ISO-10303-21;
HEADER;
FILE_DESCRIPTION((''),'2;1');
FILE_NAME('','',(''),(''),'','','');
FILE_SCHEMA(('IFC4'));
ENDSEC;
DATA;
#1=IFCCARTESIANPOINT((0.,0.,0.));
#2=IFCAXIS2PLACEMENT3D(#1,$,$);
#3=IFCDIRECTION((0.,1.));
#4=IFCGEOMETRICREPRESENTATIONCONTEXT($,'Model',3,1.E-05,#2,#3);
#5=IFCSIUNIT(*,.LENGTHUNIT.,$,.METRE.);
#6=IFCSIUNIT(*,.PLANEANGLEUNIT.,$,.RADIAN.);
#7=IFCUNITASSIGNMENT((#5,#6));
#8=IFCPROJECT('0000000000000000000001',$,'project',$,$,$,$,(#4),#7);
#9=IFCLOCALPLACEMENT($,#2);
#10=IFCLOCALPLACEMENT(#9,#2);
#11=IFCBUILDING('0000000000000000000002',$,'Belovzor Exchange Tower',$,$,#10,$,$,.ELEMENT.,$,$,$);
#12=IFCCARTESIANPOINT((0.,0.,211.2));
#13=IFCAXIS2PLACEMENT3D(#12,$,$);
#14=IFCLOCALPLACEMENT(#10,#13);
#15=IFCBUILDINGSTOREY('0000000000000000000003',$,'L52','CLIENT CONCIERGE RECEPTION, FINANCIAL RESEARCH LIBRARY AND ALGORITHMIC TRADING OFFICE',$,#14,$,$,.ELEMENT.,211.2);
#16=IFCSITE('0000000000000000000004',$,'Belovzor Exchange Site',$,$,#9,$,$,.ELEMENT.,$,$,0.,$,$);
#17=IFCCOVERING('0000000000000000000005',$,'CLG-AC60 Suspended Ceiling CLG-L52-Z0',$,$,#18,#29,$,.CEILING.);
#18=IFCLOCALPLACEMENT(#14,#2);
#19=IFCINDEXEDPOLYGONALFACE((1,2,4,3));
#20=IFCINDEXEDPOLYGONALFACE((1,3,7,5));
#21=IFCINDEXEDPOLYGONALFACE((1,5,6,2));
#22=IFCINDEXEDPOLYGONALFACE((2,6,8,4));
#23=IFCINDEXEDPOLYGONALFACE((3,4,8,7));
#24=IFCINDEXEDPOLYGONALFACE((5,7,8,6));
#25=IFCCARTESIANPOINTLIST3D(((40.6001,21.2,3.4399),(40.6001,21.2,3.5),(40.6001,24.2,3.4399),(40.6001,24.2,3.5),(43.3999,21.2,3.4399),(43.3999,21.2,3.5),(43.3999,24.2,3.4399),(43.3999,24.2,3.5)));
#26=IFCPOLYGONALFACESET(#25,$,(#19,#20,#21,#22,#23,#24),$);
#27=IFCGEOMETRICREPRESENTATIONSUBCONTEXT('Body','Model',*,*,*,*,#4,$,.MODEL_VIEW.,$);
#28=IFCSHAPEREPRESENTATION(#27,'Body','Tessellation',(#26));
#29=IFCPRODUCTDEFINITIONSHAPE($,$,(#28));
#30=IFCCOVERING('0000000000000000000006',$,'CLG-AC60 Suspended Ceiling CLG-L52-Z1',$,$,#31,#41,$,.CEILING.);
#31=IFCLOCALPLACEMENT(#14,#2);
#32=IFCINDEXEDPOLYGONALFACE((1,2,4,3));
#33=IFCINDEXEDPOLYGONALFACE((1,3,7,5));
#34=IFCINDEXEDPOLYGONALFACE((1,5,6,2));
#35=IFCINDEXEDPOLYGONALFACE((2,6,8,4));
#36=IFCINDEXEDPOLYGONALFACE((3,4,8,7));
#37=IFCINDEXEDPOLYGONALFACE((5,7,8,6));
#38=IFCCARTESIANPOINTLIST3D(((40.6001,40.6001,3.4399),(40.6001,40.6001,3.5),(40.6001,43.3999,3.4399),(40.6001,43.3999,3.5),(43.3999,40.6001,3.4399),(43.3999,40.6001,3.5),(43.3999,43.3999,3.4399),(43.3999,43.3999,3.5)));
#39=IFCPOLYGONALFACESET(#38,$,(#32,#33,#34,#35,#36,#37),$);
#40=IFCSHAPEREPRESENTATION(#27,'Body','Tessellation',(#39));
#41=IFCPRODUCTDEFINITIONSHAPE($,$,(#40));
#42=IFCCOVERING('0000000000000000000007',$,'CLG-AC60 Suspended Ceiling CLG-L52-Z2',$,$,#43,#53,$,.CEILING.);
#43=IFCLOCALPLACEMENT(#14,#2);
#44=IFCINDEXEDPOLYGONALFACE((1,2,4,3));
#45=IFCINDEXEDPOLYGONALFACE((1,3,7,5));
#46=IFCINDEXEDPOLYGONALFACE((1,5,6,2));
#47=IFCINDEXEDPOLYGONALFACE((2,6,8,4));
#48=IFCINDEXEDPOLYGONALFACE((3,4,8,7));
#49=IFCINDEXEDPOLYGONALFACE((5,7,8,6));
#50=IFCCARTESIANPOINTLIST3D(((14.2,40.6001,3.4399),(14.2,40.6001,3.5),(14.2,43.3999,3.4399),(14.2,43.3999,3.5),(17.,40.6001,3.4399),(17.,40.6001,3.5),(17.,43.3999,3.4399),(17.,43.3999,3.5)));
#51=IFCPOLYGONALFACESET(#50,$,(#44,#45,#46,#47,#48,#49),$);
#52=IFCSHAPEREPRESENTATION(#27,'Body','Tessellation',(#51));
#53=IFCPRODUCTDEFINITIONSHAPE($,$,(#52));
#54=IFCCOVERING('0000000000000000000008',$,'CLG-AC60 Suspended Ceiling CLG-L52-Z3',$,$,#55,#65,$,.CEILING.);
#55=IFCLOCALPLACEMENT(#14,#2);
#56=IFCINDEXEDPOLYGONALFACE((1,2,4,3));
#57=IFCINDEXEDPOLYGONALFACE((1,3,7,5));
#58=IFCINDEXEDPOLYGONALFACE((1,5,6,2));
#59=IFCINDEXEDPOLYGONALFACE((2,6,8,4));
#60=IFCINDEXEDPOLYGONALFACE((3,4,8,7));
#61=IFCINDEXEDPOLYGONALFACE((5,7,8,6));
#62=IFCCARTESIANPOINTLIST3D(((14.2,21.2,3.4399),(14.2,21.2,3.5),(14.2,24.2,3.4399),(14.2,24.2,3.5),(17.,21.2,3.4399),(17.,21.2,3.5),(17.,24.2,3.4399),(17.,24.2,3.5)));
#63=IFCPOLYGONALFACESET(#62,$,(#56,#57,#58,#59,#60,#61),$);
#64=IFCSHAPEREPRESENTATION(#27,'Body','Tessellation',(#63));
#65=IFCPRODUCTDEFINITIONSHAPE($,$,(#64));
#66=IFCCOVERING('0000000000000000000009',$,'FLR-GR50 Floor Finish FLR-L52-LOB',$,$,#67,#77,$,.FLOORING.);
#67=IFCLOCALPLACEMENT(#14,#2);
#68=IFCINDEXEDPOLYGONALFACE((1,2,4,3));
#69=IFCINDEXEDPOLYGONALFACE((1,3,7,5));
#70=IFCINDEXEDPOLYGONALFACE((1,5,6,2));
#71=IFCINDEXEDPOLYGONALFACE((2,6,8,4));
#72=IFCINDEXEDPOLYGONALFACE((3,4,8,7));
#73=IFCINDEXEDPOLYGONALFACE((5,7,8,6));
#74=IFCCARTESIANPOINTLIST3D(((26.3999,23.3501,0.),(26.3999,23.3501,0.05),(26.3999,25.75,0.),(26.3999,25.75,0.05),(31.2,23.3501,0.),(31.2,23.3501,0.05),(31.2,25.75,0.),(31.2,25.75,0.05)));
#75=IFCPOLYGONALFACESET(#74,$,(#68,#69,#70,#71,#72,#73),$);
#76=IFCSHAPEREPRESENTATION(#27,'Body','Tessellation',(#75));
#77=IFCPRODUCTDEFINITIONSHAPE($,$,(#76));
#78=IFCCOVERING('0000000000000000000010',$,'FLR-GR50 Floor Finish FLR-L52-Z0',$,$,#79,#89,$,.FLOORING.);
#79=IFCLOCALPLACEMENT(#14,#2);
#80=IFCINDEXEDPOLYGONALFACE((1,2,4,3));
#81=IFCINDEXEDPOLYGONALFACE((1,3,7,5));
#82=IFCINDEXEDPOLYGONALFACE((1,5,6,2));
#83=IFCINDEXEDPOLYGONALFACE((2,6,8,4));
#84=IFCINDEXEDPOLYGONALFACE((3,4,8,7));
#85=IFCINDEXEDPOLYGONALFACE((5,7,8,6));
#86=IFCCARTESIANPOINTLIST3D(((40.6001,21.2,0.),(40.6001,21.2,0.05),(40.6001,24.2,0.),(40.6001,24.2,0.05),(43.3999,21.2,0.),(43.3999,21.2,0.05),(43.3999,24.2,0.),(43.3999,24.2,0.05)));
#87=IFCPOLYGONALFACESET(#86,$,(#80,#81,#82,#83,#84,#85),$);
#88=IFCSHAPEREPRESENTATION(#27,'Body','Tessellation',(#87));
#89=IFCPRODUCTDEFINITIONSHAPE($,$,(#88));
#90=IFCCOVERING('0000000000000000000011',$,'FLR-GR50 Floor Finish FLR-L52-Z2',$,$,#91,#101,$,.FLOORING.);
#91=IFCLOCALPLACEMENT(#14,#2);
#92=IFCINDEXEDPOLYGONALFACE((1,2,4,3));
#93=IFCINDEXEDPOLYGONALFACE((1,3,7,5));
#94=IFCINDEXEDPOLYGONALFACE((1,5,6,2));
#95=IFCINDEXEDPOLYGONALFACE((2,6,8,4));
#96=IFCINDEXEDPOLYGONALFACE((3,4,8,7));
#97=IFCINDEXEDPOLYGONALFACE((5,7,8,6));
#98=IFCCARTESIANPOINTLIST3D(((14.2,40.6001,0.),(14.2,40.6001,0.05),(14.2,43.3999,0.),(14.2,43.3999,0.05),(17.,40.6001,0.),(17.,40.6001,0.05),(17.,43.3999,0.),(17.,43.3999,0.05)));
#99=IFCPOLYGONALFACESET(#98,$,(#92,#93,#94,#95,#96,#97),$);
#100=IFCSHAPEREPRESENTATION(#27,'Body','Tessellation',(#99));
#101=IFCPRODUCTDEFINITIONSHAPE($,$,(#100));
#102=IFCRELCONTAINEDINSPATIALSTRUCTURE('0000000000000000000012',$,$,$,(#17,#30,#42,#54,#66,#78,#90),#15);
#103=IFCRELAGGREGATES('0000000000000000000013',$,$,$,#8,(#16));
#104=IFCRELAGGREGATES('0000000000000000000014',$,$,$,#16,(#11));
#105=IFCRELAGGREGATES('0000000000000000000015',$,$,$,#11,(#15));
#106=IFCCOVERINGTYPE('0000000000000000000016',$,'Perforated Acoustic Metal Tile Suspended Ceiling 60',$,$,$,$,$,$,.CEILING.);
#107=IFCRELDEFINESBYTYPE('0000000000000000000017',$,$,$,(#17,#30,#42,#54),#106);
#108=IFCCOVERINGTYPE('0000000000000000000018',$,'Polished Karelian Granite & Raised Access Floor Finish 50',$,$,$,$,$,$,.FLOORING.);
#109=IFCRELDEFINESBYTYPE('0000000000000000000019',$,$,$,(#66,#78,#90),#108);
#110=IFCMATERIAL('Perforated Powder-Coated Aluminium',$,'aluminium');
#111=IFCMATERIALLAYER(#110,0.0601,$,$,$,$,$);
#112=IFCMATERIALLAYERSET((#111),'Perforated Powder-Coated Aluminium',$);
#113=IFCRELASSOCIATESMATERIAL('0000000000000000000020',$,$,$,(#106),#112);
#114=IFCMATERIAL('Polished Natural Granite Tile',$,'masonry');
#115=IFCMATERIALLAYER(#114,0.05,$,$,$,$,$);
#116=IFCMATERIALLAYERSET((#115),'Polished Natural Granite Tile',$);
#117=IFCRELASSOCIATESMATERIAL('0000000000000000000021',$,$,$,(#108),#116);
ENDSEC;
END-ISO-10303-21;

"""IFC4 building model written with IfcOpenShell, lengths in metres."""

from ifc_helpers import new_model, si_unit, direction, frame, origin, place, context, subcontext, project, spatial, polyline, outline, extrude, material, layer, layer_set, type_object, element, save


model = new_model("IFC4")

# Units and contexts
model_context = context("Model", 3, precision=1e-05, world=origin(), true_north=direction((0.0, 1.0)))
body_context = subcontext(model_context, "Body", "Model", "MODEL_VIEW")
ifc_project = project(units=[si_unit("LENGTHUNIT", "METRE"), si_unit("PLANEANGLEUNIT", "RADIAN")], contexts=[model_context])

# Site, building, storey
site_placement = place(None, origin())
site = spatial("IfcSite", under=ifc_project, at=site_placement, Name="Belovzor Exchange Site", CompositionType="ELEMENT", RefElevation=0.0)
building_placement = place(site_placement, origin())
building = spatial("IfcBuilding", under=site, at=building_placement, Name="Belovzor Exchange Tower", CompositionType="ELEMENT")
storey_placement = place(building_placement, frame((0.0, 0.0, 211.2)))
storey = spatial("IfcBuildingStorey", under=building, at=storey_placement, Name="L52", Description="CLIENT CONCIERGE RECEPTION, FINANCIAL RESEARCH LIBRARY AND ALGORITHMIC TRADING OFFICE", CompositionType="ELEMENT", Elevation=211.2)

# Coverings
ifc_material_1 = material(Name="Perforated Powder-Coated Aluminium", Category="aluminium")
ifc_layer_1 = layer(ifc_material_1, 0.0601)
ifc_layer_set_1 = layer_set([ifc_layer_1], Name="Perforated Powder-Coated Aluminium")
covering_type_1 = type_object("IfcCoveringType", Name="Perforated Acoustic Metal Tile Suspended Ceiling 60", PredefinedType="CEILING", material=ifc_layer_set_1)
covering_1_placement = place(storey_placement, frame((0.0, 0.0, 3.4399)))
element("IfcCovering", 1, at=covering_1_placement, inside=storey, type_object=covering_type_1, Name="CLG-AC60 Suspended Ceiling CLG-L52-Z0", PredefinedType="CEILING", context=body_context, shape_type="SweptSolid", body=[
    extrude(outline(polyline([(40.6001, 21.2), (43.3999, 21.2), (43.3999, 24.2), (40.6001, 24.2), (40.6001, 21.2)])), origin(), (0.0, 0.0, 1.0), 0.0601),
])
covering_2_placement = place(storey_placement, frame((0.0, 0.0, 3.4399)))
element("IfcCovering", 2, at=covering_2_placement, inside=storey, type_object=covering_type_1, Name="CLG-AC60 Suspended Ceiling CLG-L52-Z1", PredefinedType="CEILING", context=body_context, shape_type="SweptSolid", body=[
    extrude(outline(polyline([(40.6001, 40.6001), (43.3999, 40.6001), (43.3999, 43.3999), (40.6001, 43.3999), (40.6001, 40.6001)])), origin(), (0.0, 0.0, 1.0), 0.0601),
])
covering_3_placement = place(storey_placement, frame((0.0, 0.0, 3.4399)))
element("IfcCovering", 3, at=covering_3_placement, inside=storey, type_object=covering_type_1, Name="CLG-AC60 Suspended Ceiling CLG-L52-Z2", PredefinedType="CEILING", context=body_context, shape_type="SweptSolid", body=[
    extrude(outline(polyline([(14.2, 40.6001), (17.0, 40.6001), (17.0, 43.3999), (14.2, 43.3999), (14.2, 40.6001)])), origin(), (0.0, 0.0, 1.0), 0.0601),
])
covering_4_placement = place(storey_placement, frame((0.0, 0.0, 3.4399)))
element("IfcCovering", 4, at=covering_4_placement, inside=storey, type_object=covering_type_1, Name="CLG-AC60 Suspended Ceiling CLG-L52-Z3", PredefinedType="CEILING", context=body_context, shape_type="SweptSolid", body=[
    extrude(outline(polyline([(14.2, 21.2), (17.0, 21.2), (17.0, 24.2), (14.2, 24.2), (14.2, 21.2)])), origin(), (0.0, 0.0, 1.0), 0.0601),
])
ifc_material_2 = material(Name="Polished Natural Granite Tile", Category="masonry")
ifc_layer_2 = layer(ifc_material_2, 0.05)
ifc_layer_set_2 = layer_set([ifc_layer_2], Name="Polished Natural Granite Tile")
covering_type_2 = type_object("IfcCoveringType", Name="Polished Karelian Granite & Raised Access Floor Finish 50", PredefinedType="FLOORING", material=ifc_layer_set_2)
covering_5_placement = place(storey_placement, origin())
element("IfcCovering", 5, at=covering_5_placement, inside=storey, type_object=covering_type_2, Name="FLR-GR50 Floor Finish FLR-L52-LOB", PredefinedType="FLOORING", context=body_context, shape_type="SweptSolid", body=[
    extrude(outline(polyline([(26.3999, 23.3501), (31.2, 23.3501), (31.2, 25.75), (26.3999, 25.75), (26.3999, 23.3501)])), origin(), (0.0, 0.0, 1.0), 0.05),
])
covering_6_placement = place(storey_placement, origin())
element("IfcCovering", 6, at=covering_6_placement, inside=storey, type_object=covering_type_2, Name="FLR-GR50 Floor Finish FLR-L52-Z0", PredefinedType="FLOORING", context=body_context, shape_type="SweptSolid", body=[
    extrude(outline(polyline([(40.6001, 21.2), (43.3999, 21.2), (43.3999, 24.2), (40.6001, 24.2), (40.6001, 21.2)])), origin(), (0.0, 0.0, 1.0), 0.05),
])
covering_7_placement = place(storey_placement, origin())
element("IfcCovering", 7, at=covering_7_placement, inside=storey, type_object=covering_type_2, Name="FLR-GR50 Floor Finish FLR-L52-Z2", PredefinedType="FLOORING", context=body_context, shape_type="SweptSolid", body=[
    extrude(outline(polyline([(14.2, 40.6001), (17.0, 40.6001), (17.0, 43.3999), (14.2, 43.3999), (14.2, 40.6001)])), origin(), (0.0, 0.0, 1.0), 0.05),
])

save(model, "model.ifc")
